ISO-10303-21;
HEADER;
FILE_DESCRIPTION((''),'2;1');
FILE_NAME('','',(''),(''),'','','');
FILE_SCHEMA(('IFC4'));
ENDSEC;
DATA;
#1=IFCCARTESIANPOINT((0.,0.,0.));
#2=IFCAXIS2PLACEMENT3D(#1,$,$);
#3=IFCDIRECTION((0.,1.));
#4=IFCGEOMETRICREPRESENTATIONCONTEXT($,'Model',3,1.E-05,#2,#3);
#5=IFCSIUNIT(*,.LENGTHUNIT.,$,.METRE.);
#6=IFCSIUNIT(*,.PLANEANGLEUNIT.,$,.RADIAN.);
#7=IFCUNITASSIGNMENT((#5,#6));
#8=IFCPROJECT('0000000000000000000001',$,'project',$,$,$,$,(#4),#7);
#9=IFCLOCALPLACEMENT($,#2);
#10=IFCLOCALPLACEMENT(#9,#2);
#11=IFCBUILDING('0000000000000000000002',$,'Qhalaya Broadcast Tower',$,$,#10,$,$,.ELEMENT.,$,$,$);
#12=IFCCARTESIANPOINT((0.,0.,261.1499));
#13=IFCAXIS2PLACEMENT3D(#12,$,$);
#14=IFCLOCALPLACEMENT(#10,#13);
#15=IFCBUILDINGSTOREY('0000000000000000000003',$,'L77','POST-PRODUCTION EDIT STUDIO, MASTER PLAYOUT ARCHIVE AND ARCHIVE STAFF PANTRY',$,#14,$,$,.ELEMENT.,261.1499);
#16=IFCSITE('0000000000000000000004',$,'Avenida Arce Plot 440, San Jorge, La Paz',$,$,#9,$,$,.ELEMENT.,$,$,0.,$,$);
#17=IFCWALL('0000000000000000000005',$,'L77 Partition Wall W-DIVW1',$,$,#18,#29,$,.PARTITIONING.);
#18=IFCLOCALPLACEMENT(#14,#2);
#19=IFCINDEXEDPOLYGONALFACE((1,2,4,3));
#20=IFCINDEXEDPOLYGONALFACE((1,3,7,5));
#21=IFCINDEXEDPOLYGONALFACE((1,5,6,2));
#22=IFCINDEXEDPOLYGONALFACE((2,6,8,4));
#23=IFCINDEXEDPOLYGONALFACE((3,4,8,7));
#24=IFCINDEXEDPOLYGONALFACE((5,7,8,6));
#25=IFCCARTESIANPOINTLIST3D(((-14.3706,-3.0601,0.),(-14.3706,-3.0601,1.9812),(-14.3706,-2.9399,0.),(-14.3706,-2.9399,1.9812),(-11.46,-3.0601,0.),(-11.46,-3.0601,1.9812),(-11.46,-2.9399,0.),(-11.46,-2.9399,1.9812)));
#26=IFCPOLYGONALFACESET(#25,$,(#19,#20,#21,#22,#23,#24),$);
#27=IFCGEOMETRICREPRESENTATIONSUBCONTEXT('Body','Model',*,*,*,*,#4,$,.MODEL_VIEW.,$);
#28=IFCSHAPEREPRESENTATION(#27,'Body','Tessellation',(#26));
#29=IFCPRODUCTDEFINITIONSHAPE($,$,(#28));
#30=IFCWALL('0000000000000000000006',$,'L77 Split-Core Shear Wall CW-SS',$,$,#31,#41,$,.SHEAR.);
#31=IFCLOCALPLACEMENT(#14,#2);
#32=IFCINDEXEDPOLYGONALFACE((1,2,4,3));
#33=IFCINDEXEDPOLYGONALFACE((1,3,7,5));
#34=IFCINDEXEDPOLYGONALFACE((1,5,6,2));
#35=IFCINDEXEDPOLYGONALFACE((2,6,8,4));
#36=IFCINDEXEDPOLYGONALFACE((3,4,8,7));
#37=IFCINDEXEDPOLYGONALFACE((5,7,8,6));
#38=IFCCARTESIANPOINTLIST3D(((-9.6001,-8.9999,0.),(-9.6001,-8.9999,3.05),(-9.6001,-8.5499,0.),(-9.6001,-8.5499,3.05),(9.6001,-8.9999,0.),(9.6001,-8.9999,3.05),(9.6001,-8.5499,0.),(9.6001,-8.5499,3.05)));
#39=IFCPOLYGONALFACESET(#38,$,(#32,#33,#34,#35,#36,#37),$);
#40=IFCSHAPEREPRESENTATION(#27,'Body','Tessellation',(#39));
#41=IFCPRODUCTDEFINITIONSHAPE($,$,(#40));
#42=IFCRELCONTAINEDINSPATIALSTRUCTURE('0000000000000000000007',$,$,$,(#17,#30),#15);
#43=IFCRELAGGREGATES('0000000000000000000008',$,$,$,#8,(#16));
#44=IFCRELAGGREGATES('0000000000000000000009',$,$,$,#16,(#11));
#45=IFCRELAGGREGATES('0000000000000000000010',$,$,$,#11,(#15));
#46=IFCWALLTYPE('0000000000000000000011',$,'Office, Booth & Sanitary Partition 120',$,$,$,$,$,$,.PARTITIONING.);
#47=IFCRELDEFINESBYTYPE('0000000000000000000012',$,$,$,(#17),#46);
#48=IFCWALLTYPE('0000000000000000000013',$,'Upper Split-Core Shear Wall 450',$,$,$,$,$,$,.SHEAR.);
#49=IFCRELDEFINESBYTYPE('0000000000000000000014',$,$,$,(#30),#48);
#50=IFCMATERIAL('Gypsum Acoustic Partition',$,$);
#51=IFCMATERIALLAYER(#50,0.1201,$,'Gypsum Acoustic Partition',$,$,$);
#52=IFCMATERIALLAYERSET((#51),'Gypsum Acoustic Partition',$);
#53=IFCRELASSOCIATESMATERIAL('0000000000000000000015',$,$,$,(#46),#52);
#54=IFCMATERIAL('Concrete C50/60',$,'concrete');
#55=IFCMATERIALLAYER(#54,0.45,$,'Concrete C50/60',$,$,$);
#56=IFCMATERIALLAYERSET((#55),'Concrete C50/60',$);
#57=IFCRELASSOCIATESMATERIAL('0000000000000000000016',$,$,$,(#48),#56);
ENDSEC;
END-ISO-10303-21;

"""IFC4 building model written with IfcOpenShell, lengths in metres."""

from ifc_helpers import new_model, si_unit, direction, frame, frame_2d, origin, place, context, subcontext, project, spatial, rectangle, extrude, material, layer, layer_set, type_object, element, save


model = new_model("IFC4")

# Units and contexts
model_context = context("Model", 3, precision=1e-05, world=origin(), true_north=direction((0.0, 1.0)))
body_context = subcontext(model_context, "Body", "Model", "MODEL_VIEW")
ifc_project = project(units=[si_unit("LENGTHUNIT", "METRE"), si_unit("PLANEANGLEUNIT", "RADIAN")], contexts=[model_context])

# Site, building, storey
site_placement = place(None, origin())
site = spatial("IfcSite", under=ifc_project, at=site_placement, Name="Avenida Arce Plot 440, San Jorge, La Paz", CompositionType="ELEMENT", RefElevation=0.0)
building_placement = place(site_placement, origin())
building = spatial("IfcBuilding", under=site, at=building_placement, Name="Qhalaya Broadcast Tower", CompositionType="ELEMENT")
storey_placement = place(building_placement, frame((0.0, 0.0, 261.1499)))
storey = spatial("IfcBuildingStorey", under=building, at=storey_placement, Name="L77", Description="POST-PRODUCTION EDIT STUDIO, MASTER PLAYOUT ARCHIVE AND ARCHIVE STAFF PANTRY", CompositionType="ELEMENT", Elevation=261.1499)

# Shared definitions
ifc_material_1 = material(Name="Gypsum Acoustic Partition")

# Walls
ifc_layer_1 = layer(ifc_material_1, 0.1201, Name="Gypsum Acoustic Partition")
ifc_layer_set_1 = layer_set([ifc_layer_1], Name="Gypsum Acoustic Partition")
wall_type_1 = type_object("IfcWallType", Name="Office, Booth & Sanitary Partition 120", PredefinedType="PARTITIONING", material=ifc_layer_set_1)
wall_1_placement = place(storey_placement, frame((-14.3706, -3.0, 0.0), z_axis=(0.0, 0.0, 1.0), x_axis=(1.0, 0.0, 0.0)))
element("IfcWall", 1, at=wall_1_placement, inside=storey, type_object=wall_type_1, Name="L77 Partition Wall W-DIVW1", PredefinedType="PARTITIONING", context=body_context, shape_type="SweptSolid", body=[
    extrude(rectangle(XDim=2.9106, YDim=0.1201, at=frame_2d((1.4553, 0.0))), origin(), (0.0, 0.0, 1.0), 1.9812),
])
ifc_material_2 = material(Name="Concrete C50/60", Category="concrete")
ifc_layer_2 = layer(ifc_material_2, 0.45, Name="Concrete C50/60")
ifc_layer_set_2 = layer_set([ifc_layer_2], Name="Concrete C50/60")
wall_type_2 = type_object("IfcWallType", Name="Upper Split-Core Shear Wall 450", PredefinedType="SHEAR", material=ifc_layer_set_2)
wall_2_placement = place(storey_placement, frame((-9.6001, -8.7749, 0.0), z_axis=(0.0, 0.0, 1.0), x_axis=(1.0, 0.0, 0.0)))
element("IfcWall", 2, at=wall_2_placement, inside=storey, type_object=wall_type_2, Name="L77 Split-Core Shear Wall CW-SS", PredefinedType="SHEAR", context=body_context, shape_type="SweptSolid", body=[
    extrude(rectangle(XDim=19.2002, YDim=0.45, at=frame_2d((9.6001, 0.0))), origin(), (0.0, 0.0, 1.0), 3.05),
])

save(model, "model.ifc")
